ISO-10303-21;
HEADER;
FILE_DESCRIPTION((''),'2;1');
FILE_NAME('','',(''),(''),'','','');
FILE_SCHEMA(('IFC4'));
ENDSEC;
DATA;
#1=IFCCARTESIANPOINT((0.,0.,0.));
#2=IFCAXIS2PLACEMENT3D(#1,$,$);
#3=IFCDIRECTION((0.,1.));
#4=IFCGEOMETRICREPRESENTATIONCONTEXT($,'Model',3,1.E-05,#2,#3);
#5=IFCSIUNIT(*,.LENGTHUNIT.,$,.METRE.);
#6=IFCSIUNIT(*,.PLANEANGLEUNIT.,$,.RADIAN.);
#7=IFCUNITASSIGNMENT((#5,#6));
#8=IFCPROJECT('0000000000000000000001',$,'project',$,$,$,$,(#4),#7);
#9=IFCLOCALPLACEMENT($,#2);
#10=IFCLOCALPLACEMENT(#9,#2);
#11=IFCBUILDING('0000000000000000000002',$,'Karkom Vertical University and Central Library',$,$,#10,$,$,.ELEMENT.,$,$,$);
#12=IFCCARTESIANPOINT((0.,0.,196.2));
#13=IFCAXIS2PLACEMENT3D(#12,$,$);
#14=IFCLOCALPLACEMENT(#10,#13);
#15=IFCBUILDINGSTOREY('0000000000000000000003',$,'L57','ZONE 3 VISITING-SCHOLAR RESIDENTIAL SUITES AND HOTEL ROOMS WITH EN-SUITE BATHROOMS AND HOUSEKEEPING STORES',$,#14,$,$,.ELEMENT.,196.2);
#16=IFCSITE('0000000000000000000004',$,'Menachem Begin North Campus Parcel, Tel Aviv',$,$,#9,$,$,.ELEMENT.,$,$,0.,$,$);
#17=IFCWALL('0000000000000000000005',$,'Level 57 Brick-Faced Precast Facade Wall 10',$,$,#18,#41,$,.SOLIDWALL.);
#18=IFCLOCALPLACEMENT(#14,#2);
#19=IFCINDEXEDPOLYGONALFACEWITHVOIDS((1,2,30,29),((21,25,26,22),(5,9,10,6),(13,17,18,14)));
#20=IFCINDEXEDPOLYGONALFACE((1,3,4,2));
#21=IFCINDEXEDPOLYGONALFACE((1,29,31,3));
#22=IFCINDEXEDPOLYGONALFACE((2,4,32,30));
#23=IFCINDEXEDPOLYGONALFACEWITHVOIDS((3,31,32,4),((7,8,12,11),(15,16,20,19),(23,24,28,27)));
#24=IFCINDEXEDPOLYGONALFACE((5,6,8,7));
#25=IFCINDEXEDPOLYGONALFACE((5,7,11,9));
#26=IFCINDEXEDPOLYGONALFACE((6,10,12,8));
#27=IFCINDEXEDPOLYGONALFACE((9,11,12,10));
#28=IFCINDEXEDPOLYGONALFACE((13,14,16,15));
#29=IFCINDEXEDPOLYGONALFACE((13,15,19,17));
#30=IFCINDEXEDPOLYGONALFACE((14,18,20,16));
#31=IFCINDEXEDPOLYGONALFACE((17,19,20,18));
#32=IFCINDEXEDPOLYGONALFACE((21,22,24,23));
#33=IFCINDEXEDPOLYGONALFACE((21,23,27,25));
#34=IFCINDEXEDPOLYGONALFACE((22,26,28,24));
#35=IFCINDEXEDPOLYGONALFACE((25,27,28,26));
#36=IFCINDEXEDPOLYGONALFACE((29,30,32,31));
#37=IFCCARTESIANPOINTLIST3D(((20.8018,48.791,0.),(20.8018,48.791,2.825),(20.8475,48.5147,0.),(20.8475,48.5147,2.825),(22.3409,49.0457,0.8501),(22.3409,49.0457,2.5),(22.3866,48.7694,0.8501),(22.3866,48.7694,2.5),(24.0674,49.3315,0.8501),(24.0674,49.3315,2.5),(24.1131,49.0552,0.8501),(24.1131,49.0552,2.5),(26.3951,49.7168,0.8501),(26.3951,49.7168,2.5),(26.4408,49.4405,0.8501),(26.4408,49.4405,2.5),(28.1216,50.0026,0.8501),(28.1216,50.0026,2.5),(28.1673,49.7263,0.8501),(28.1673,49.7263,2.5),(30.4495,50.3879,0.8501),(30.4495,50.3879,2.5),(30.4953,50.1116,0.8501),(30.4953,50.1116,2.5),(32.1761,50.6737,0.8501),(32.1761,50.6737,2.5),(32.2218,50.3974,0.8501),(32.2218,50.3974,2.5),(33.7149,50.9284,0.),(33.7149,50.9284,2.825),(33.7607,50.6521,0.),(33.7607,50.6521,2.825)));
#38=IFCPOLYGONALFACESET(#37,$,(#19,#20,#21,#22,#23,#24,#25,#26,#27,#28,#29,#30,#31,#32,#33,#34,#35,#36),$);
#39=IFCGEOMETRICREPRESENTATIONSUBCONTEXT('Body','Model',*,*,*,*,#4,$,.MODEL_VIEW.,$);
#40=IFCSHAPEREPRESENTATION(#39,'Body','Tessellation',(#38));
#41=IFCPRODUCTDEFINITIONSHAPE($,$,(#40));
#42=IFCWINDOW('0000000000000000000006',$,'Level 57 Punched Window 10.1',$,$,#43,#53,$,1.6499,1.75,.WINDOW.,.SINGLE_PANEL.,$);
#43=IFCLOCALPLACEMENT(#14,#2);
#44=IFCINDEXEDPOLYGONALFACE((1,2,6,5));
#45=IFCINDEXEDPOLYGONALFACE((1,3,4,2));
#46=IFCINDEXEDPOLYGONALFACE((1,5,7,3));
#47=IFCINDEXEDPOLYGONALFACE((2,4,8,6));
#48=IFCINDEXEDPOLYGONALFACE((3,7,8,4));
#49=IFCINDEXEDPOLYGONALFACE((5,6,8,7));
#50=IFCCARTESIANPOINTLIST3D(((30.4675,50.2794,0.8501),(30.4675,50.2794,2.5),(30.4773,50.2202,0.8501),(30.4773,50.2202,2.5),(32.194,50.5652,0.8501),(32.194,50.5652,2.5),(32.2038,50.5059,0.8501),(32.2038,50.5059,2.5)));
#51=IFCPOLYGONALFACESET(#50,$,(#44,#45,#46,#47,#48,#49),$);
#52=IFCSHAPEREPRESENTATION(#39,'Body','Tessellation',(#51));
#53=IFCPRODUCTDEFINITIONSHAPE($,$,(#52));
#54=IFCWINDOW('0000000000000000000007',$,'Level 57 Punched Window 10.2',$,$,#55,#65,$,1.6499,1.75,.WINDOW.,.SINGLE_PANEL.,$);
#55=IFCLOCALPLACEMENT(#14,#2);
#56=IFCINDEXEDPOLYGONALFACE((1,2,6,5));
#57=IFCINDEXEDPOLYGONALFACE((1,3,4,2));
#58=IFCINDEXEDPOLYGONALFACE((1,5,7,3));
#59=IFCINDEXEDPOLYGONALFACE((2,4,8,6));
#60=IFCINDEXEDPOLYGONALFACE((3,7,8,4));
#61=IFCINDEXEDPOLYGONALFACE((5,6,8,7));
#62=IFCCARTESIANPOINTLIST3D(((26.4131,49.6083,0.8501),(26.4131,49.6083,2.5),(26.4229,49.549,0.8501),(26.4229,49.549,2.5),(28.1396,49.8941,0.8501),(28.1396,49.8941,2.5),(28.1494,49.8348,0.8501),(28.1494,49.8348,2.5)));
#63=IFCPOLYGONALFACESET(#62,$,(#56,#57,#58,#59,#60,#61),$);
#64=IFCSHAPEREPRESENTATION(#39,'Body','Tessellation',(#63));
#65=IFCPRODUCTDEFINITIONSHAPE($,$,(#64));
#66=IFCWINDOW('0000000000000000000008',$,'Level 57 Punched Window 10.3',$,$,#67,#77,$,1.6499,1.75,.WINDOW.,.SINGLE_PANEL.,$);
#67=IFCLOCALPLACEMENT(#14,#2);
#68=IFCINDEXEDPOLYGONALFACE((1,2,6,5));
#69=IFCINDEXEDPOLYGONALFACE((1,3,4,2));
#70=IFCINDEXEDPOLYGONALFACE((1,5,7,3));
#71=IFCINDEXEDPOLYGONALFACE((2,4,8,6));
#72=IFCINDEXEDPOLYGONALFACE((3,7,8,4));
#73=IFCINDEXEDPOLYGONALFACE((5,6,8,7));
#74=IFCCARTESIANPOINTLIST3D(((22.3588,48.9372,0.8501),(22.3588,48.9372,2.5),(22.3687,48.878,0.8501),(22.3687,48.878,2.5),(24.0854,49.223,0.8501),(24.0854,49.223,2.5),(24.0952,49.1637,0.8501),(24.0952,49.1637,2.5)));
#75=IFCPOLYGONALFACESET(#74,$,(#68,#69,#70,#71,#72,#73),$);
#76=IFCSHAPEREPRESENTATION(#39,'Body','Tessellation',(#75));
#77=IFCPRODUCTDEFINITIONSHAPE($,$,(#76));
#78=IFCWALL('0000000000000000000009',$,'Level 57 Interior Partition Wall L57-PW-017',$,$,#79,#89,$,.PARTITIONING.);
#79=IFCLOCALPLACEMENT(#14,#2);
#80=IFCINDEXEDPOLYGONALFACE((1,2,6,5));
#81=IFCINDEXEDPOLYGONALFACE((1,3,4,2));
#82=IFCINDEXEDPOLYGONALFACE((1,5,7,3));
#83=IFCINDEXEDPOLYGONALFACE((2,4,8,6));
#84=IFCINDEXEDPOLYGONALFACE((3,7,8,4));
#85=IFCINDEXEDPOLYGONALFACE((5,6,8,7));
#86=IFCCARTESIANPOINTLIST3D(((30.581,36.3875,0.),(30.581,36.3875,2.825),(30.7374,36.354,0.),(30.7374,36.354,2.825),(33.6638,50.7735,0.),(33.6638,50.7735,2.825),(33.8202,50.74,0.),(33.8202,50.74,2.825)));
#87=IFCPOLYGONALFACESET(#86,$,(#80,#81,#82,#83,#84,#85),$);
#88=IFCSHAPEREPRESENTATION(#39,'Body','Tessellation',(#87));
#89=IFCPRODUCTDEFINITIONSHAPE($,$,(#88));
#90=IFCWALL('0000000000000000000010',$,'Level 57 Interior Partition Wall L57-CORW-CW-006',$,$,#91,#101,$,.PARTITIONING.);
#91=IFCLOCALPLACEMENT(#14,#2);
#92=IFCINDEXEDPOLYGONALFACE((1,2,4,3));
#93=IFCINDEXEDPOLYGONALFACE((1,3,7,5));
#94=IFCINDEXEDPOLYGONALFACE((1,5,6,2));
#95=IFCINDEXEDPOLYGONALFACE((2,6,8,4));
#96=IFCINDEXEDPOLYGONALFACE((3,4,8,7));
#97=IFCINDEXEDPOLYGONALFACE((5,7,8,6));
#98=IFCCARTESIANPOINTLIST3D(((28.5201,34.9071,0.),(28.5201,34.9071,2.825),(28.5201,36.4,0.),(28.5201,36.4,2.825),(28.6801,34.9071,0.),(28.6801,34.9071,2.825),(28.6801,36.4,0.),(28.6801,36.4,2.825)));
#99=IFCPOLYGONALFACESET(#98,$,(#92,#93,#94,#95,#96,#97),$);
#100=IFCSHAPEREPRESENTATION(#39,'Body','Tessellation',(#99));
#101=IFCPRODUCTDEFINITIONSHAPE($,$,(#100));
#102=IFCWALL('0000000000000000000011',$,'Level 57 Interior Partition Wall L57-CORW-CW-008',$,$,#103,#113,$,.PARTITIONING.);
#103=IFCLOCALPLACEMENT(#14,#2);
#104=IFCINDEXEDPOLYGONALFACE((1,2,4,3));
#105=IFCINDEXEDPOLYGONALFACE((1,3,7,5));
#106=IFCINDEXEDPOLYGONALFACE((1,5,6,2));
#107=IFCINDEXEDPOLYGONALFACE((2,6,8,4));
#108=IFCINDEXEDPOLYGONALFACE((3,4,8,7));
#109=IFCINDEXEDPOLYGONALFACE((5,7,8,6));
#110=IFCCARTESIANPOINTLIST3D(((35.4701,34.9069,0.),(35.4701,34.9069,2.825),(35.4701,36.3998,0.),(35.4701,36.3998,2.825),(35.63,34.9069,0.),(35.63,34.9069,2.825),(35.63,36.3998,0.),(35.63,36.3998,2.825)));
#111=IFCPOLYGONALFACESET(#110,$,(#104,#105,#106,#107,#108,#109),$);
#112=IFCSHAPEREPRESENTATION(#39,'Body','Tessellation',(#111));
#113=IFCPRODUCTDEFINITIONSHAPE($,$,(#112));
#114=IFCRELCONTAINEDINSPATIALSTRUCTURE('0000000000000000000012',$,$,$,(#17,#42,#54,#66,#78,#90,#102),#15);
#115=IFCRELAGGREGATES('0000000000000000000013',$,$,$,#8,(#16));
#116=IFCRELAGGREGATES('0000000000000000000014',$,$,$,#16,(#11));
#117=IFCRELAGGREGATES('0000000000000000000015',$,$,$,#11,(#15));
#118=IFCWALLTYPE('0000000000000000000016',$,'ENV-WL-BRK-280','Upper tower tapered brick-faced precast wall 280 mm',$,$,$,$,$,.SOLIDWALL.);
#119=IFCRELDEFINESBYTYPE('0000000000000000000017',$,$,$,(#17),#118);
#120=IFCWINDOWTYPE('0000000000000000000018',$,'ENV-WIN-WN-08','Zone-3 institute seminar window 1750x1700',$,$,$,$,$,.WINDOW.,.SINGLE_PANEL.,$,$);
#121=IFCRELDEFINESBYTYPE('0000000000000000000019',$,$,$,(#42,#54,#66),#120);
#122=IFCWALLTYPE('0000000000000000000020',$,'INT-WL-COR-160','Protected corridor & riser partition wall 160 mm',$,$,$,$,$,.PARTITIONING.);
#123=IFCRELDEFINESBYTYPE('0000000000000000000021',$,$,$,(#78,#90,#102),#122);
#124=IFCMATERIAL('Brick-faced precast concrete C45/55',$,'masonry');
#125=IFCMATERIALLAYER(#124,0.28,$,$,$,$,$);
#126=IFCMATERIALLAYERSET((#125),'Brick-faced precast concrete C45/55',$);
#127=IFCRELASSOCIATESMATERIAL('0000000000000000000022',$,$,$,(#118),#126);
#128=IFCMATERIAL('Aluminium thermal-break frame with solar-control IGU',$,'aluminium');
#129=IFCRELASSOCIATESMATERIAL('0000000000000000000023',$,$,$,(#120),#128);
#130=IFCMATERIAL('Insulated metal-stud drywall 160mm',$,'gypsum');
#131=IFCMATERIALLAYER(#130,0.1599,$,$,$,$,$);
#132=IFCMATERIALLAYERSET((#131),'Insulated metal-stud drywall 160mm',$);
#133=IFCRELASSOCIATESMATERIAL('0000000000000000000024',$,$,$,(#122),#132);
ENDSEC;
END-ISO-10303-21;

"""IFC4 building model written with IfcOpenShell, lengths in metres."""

from ifc_helpers import new_model, si_unit, direction, frame, frame_2d, origin, origin_with_axes, place, context, subcontext, project, spatial, rectangle, extrude, source, transform, mapped, material, layer, layer_set, type_object, element, fill, save


model = new_model("IFC4")

# Units and contexts
model_context = context("Model", 3, precision=1e-05, world=origin(), true_north=direction((0.0, 1.0)))
body_context = subcontext(model_context, "Body", "Model", "MODEL_VIEW")
ifc_project = project(units=[si_unit("LENGTHUNIT", "METRE"), si_unit("PLANEANGLEUNIT", "RADIAN")], contexts=[model_context])

# Site, building, storey
site_placement = place(None, origin())
site = spatial("IfcSite", under=ifc_project, at=site_placement, Name="Menachem Begin North Campus Parcel, Tel Aviv", CompositionType="ELEMENT", RefElevation=0.0)
building_placement = place(site_placement, origin())
building = spatial("IfcBuilding", under=site, at=building_placement, Name="Karkom Vertical University and Central Library", CompositionType="ELEMENT")
storey_placement = place(building_placement, frame((0.0, 0.0, 196.2)))
storey = spatial("IfcBuildingStorey", under=building, at=storey_placement, Name="L57", Description="ZONE 3 VISITING-SCHOLAR RESIDENTIAL SUITES AND HOTEL ROOMS WITH EN-SUITE BATHROOMS AND HOUSEKEEPING STORES", CompositionType="ELEMENT", Elevation=196.2)

# Wall, openings, windows
ifc_material_1 = material(Name="Brick-faced precast concrete C45/55", Category="masonry")
ifc_layer_1 = layer(ifc_material_1, 0.28)
ifc_layer_set_1 = layer_set([ifc_layer_1], Name="Brick-faced precast concrete C45/55")
wall_type_1 = type_object("IfcWallType", Name="ENV-WL-BRK-280", Description="Upper tower tapered brick-faced precast wall 280 mm", PredefinedType="SOLIDWALL", material=ifc_layer_set_1)
ifc_material_2 = material(Name="Aluminium thermal-break frame with solar-control IGU", Category="aluminium")
window_type = type_object("IfcWindowType", Name="ENV-WIN-WN-08", Description="Zone-3 institute seminar window 1750x1700", PartitioningType="SINGLE_PANEL", PredefinedType="WINDOW", material=ifc_material_2)
shared_shape_1 = source(origin_with_axes(), body_context, "Body", "SweptSolid", [
    extrude(rectangle(XDim=1.75, YDim=1.6499, at=frame_2d((0.875, 0.825))), frame((0.0, 0.03, 0.0), z_axis=(0.0, -1.0, 0.0), x_axis=(1.0, 0.0, 0.0)), (0.0, 0.0, 1.0), 0.0601),
])
wall_1_placement = place(storey_placement, frame((33.7378, 50.7903, 0.0), z_axis=(0.0, 0.0, 1.0), x_axis=(-0.986576, -0.163304, 0.0)))
wall_1 = element("IfcWall", 1, at=wall_1_placement, inside=storey, type_object=wall_type_1, Name="Level 57 Brick-Faced Precast Facade Wall 10", PredefinedType="SOLIDWALL", context=body_context, shape_type="SweptSolid", body=[
    extrude(rectangle(XDim=13.0889, YDim=0.28, at=frame_2d((6.5444, 0.0))), origin(), (0.0, 0.0, 1.0), 2.825),
])
opening_1_placement = place(wall_1_placement, frame((1.5598, 0.0, 0.8501)))
opening_1 = element("IfcOpeningElement", 2, at=opening_1_placement, cuts=wall_1, PredefinedType="OPENING", context=body_context, shape_type="SweptSolid", body=[
    extrude(rectangle(XDim=1.75, YDim=1.6499, at=frame_2d((0.875, 0.825))), frame((0.0, 0.1499, 0.0), z_axis=(0.0, -1.0, 0.0), x_axis=(1.0, 0.0, 0.0)), (0.0, 0.0, 1.0), 0.3),
])
opening_2_placement = place(wall_1_placement, frame((5.6694, 0.0, 0.8501)))
opening_2 = element("IfcOpeningElement", 3, at=opening_2_placement, cuts=wall_1, PredefinedType="OPENING", context=body_context, shape_type="SweptSolid", body=[
    extrude(rectangle(XDim=1.75, YDim=1.6499, at=frame_2d((0.875, 0.825))), frame((0.0, 0.1499, 0.0), z_axis=(0.0, -1.0, 0.0), x_axis=(1.0, 0.0, 0.0)), (0.0, 0.0, 1.0), 0.3),
])
opening_3_placement = place(wall_1_placement, frame((9.7788, 0.0, 0.8501)))
opening_3 = element("IfcOpeningElement", 4, at=opening_3_placement, cuts=wall_1, PredefinedType="OPENING", context=body_context, shape_type="SweptSolid", body=[
    extrude(rectangle(XDim=1.75, YDim=1.6499, at=frame_2d((0.875, 0.825))), frame((0.0, 0.1499, 0.0), z_axis=(0.0, -1.0, 0.0), x_axis=(1.0, 0.0, 0.0)), (0.0, 0.0, 1.0), 0.3),
])
window_1_placement = place(opening_1_placement, origin())
window_1 = element("IfcWindow", 5, at=window_1_placement, inside=storey, type_object=window_type, Name="Level 57 Punched Window 10.1", OverallHeight=1.6499, OverallWidth=1.75, PartitioningType="SINGLE_PANEL", PredefinedType="WINDOW", context=body_context, shape_type="MappedRepresentation", body=[
    mapped(shared_shape_1, transform((0.0, 0.0, 0.0), scale=1.0)),
])
fill(opening_1, window_1)
window_2_placement = place(opening_2_placement, origin())
window_2 = element("IfcWindow", 6, at=window_2_placement, inside=storey, type_object=window_type, Name="Level 57 Punched Window 10.2", OverallHeight=1.6499, OverallWidth=1.75, PartitioningType="SINGLE_PANEL", PredefinedType="WINDOW", context=body_context, shape_type="MappedRepresentation", body=[
    mapped(shared_shape_1, transform((0.0, 0.0, 0.0), scale=1.0)),
])
fill(opening_2, window_2)
window_3_placement = place(opening_3_placement, origin())
window_3 = element("IfcWindow", 7, at=window_3_placement, inside=storey, type_object=window_type, Name="Level 57 Punched Window 10.3", OverallHeight=1.6499, OverallWidth=1.75, PartitioningType="SINGLE_PANEL", PredefinedType="WINDOW", context=body_context, shape_type="MappedRepresentation", body=[
    mapped(shared_shape_1, transform((0.0, 0.0, 0.0), scale=1.0)),
])
fill(opening_3, window_3)

# Wall
ifc_material_3 = material(Name="Insulated metal-stud drywall 160mm", Category="gypsum")
ifc_layer_2 = layer(ifc_material_3, 0.1599)
ifc_layer_set_2 = layer_set([ifc_layer_2], Name="Insulated metal-stud drywall 160mm")
wall_type_2 = type_object("IfcWallType", Name="INT-WL-COR-160", Description="Protected corridor & riser partition wall 160 mm", PredefinedType="PARTITIONING", material=ifc_layer_set_2)
wall_2_placement = place(storey_placement, frame((30.6592, 36.3706, 0.0), z_axis=(0.0, 0.0, 1.0), x_axis=(0.209532, 0.977802, 0.0)))
element("IfcWall", 8, at=wall_2_placement, inside=storey, type_object=wall_type_2, Name="Level 57 Interior Partition Wall L57-PW-017", PredefinedType="PARTITIONING", context=body_context, shape_type="SweptSolid", body=[
    extrude(rectangle(XDim=14.7126, YDim=0.1599, at=frame_2d((7.3564, 0.0))), origin(), (0.0, 0.0, 1.0), 2.825),
])

# Walls
for number, where, z_axis, x_axis, name in (
    (9, (28.6001, 34.907, 0.0), (0.0, 0.0, 1.0), (0.0, 1.0, 0.0), "Level 57 Interior Partition Wall L57-CORW-CW-006"),
    (10, (35.55, 36.3999, 0.0), (0.0, 0.0, 1.0), (0.0, -1.0, 0.0), "Level 57 Interior Partition Wall L57-CORW-CW-008"),
):
    element("IfcWall", number, at=place(storey_placement, frame(where, z_axis=z_axis, x_axis=x_axis)), inside=storey, type_object=wall_type_2, Name=name, PredefinedType="PARTITIONING", context=body_context, shape_type="SweptSolid", body=[
        extrude(rectangle(XDim=1.4929, YDim=0.1599, at=frame_2d((0.7466, 0.0))), origin(), (0.0, 0.0, 1.0), 2.825),
    ])

save(model, "model.ifc")
